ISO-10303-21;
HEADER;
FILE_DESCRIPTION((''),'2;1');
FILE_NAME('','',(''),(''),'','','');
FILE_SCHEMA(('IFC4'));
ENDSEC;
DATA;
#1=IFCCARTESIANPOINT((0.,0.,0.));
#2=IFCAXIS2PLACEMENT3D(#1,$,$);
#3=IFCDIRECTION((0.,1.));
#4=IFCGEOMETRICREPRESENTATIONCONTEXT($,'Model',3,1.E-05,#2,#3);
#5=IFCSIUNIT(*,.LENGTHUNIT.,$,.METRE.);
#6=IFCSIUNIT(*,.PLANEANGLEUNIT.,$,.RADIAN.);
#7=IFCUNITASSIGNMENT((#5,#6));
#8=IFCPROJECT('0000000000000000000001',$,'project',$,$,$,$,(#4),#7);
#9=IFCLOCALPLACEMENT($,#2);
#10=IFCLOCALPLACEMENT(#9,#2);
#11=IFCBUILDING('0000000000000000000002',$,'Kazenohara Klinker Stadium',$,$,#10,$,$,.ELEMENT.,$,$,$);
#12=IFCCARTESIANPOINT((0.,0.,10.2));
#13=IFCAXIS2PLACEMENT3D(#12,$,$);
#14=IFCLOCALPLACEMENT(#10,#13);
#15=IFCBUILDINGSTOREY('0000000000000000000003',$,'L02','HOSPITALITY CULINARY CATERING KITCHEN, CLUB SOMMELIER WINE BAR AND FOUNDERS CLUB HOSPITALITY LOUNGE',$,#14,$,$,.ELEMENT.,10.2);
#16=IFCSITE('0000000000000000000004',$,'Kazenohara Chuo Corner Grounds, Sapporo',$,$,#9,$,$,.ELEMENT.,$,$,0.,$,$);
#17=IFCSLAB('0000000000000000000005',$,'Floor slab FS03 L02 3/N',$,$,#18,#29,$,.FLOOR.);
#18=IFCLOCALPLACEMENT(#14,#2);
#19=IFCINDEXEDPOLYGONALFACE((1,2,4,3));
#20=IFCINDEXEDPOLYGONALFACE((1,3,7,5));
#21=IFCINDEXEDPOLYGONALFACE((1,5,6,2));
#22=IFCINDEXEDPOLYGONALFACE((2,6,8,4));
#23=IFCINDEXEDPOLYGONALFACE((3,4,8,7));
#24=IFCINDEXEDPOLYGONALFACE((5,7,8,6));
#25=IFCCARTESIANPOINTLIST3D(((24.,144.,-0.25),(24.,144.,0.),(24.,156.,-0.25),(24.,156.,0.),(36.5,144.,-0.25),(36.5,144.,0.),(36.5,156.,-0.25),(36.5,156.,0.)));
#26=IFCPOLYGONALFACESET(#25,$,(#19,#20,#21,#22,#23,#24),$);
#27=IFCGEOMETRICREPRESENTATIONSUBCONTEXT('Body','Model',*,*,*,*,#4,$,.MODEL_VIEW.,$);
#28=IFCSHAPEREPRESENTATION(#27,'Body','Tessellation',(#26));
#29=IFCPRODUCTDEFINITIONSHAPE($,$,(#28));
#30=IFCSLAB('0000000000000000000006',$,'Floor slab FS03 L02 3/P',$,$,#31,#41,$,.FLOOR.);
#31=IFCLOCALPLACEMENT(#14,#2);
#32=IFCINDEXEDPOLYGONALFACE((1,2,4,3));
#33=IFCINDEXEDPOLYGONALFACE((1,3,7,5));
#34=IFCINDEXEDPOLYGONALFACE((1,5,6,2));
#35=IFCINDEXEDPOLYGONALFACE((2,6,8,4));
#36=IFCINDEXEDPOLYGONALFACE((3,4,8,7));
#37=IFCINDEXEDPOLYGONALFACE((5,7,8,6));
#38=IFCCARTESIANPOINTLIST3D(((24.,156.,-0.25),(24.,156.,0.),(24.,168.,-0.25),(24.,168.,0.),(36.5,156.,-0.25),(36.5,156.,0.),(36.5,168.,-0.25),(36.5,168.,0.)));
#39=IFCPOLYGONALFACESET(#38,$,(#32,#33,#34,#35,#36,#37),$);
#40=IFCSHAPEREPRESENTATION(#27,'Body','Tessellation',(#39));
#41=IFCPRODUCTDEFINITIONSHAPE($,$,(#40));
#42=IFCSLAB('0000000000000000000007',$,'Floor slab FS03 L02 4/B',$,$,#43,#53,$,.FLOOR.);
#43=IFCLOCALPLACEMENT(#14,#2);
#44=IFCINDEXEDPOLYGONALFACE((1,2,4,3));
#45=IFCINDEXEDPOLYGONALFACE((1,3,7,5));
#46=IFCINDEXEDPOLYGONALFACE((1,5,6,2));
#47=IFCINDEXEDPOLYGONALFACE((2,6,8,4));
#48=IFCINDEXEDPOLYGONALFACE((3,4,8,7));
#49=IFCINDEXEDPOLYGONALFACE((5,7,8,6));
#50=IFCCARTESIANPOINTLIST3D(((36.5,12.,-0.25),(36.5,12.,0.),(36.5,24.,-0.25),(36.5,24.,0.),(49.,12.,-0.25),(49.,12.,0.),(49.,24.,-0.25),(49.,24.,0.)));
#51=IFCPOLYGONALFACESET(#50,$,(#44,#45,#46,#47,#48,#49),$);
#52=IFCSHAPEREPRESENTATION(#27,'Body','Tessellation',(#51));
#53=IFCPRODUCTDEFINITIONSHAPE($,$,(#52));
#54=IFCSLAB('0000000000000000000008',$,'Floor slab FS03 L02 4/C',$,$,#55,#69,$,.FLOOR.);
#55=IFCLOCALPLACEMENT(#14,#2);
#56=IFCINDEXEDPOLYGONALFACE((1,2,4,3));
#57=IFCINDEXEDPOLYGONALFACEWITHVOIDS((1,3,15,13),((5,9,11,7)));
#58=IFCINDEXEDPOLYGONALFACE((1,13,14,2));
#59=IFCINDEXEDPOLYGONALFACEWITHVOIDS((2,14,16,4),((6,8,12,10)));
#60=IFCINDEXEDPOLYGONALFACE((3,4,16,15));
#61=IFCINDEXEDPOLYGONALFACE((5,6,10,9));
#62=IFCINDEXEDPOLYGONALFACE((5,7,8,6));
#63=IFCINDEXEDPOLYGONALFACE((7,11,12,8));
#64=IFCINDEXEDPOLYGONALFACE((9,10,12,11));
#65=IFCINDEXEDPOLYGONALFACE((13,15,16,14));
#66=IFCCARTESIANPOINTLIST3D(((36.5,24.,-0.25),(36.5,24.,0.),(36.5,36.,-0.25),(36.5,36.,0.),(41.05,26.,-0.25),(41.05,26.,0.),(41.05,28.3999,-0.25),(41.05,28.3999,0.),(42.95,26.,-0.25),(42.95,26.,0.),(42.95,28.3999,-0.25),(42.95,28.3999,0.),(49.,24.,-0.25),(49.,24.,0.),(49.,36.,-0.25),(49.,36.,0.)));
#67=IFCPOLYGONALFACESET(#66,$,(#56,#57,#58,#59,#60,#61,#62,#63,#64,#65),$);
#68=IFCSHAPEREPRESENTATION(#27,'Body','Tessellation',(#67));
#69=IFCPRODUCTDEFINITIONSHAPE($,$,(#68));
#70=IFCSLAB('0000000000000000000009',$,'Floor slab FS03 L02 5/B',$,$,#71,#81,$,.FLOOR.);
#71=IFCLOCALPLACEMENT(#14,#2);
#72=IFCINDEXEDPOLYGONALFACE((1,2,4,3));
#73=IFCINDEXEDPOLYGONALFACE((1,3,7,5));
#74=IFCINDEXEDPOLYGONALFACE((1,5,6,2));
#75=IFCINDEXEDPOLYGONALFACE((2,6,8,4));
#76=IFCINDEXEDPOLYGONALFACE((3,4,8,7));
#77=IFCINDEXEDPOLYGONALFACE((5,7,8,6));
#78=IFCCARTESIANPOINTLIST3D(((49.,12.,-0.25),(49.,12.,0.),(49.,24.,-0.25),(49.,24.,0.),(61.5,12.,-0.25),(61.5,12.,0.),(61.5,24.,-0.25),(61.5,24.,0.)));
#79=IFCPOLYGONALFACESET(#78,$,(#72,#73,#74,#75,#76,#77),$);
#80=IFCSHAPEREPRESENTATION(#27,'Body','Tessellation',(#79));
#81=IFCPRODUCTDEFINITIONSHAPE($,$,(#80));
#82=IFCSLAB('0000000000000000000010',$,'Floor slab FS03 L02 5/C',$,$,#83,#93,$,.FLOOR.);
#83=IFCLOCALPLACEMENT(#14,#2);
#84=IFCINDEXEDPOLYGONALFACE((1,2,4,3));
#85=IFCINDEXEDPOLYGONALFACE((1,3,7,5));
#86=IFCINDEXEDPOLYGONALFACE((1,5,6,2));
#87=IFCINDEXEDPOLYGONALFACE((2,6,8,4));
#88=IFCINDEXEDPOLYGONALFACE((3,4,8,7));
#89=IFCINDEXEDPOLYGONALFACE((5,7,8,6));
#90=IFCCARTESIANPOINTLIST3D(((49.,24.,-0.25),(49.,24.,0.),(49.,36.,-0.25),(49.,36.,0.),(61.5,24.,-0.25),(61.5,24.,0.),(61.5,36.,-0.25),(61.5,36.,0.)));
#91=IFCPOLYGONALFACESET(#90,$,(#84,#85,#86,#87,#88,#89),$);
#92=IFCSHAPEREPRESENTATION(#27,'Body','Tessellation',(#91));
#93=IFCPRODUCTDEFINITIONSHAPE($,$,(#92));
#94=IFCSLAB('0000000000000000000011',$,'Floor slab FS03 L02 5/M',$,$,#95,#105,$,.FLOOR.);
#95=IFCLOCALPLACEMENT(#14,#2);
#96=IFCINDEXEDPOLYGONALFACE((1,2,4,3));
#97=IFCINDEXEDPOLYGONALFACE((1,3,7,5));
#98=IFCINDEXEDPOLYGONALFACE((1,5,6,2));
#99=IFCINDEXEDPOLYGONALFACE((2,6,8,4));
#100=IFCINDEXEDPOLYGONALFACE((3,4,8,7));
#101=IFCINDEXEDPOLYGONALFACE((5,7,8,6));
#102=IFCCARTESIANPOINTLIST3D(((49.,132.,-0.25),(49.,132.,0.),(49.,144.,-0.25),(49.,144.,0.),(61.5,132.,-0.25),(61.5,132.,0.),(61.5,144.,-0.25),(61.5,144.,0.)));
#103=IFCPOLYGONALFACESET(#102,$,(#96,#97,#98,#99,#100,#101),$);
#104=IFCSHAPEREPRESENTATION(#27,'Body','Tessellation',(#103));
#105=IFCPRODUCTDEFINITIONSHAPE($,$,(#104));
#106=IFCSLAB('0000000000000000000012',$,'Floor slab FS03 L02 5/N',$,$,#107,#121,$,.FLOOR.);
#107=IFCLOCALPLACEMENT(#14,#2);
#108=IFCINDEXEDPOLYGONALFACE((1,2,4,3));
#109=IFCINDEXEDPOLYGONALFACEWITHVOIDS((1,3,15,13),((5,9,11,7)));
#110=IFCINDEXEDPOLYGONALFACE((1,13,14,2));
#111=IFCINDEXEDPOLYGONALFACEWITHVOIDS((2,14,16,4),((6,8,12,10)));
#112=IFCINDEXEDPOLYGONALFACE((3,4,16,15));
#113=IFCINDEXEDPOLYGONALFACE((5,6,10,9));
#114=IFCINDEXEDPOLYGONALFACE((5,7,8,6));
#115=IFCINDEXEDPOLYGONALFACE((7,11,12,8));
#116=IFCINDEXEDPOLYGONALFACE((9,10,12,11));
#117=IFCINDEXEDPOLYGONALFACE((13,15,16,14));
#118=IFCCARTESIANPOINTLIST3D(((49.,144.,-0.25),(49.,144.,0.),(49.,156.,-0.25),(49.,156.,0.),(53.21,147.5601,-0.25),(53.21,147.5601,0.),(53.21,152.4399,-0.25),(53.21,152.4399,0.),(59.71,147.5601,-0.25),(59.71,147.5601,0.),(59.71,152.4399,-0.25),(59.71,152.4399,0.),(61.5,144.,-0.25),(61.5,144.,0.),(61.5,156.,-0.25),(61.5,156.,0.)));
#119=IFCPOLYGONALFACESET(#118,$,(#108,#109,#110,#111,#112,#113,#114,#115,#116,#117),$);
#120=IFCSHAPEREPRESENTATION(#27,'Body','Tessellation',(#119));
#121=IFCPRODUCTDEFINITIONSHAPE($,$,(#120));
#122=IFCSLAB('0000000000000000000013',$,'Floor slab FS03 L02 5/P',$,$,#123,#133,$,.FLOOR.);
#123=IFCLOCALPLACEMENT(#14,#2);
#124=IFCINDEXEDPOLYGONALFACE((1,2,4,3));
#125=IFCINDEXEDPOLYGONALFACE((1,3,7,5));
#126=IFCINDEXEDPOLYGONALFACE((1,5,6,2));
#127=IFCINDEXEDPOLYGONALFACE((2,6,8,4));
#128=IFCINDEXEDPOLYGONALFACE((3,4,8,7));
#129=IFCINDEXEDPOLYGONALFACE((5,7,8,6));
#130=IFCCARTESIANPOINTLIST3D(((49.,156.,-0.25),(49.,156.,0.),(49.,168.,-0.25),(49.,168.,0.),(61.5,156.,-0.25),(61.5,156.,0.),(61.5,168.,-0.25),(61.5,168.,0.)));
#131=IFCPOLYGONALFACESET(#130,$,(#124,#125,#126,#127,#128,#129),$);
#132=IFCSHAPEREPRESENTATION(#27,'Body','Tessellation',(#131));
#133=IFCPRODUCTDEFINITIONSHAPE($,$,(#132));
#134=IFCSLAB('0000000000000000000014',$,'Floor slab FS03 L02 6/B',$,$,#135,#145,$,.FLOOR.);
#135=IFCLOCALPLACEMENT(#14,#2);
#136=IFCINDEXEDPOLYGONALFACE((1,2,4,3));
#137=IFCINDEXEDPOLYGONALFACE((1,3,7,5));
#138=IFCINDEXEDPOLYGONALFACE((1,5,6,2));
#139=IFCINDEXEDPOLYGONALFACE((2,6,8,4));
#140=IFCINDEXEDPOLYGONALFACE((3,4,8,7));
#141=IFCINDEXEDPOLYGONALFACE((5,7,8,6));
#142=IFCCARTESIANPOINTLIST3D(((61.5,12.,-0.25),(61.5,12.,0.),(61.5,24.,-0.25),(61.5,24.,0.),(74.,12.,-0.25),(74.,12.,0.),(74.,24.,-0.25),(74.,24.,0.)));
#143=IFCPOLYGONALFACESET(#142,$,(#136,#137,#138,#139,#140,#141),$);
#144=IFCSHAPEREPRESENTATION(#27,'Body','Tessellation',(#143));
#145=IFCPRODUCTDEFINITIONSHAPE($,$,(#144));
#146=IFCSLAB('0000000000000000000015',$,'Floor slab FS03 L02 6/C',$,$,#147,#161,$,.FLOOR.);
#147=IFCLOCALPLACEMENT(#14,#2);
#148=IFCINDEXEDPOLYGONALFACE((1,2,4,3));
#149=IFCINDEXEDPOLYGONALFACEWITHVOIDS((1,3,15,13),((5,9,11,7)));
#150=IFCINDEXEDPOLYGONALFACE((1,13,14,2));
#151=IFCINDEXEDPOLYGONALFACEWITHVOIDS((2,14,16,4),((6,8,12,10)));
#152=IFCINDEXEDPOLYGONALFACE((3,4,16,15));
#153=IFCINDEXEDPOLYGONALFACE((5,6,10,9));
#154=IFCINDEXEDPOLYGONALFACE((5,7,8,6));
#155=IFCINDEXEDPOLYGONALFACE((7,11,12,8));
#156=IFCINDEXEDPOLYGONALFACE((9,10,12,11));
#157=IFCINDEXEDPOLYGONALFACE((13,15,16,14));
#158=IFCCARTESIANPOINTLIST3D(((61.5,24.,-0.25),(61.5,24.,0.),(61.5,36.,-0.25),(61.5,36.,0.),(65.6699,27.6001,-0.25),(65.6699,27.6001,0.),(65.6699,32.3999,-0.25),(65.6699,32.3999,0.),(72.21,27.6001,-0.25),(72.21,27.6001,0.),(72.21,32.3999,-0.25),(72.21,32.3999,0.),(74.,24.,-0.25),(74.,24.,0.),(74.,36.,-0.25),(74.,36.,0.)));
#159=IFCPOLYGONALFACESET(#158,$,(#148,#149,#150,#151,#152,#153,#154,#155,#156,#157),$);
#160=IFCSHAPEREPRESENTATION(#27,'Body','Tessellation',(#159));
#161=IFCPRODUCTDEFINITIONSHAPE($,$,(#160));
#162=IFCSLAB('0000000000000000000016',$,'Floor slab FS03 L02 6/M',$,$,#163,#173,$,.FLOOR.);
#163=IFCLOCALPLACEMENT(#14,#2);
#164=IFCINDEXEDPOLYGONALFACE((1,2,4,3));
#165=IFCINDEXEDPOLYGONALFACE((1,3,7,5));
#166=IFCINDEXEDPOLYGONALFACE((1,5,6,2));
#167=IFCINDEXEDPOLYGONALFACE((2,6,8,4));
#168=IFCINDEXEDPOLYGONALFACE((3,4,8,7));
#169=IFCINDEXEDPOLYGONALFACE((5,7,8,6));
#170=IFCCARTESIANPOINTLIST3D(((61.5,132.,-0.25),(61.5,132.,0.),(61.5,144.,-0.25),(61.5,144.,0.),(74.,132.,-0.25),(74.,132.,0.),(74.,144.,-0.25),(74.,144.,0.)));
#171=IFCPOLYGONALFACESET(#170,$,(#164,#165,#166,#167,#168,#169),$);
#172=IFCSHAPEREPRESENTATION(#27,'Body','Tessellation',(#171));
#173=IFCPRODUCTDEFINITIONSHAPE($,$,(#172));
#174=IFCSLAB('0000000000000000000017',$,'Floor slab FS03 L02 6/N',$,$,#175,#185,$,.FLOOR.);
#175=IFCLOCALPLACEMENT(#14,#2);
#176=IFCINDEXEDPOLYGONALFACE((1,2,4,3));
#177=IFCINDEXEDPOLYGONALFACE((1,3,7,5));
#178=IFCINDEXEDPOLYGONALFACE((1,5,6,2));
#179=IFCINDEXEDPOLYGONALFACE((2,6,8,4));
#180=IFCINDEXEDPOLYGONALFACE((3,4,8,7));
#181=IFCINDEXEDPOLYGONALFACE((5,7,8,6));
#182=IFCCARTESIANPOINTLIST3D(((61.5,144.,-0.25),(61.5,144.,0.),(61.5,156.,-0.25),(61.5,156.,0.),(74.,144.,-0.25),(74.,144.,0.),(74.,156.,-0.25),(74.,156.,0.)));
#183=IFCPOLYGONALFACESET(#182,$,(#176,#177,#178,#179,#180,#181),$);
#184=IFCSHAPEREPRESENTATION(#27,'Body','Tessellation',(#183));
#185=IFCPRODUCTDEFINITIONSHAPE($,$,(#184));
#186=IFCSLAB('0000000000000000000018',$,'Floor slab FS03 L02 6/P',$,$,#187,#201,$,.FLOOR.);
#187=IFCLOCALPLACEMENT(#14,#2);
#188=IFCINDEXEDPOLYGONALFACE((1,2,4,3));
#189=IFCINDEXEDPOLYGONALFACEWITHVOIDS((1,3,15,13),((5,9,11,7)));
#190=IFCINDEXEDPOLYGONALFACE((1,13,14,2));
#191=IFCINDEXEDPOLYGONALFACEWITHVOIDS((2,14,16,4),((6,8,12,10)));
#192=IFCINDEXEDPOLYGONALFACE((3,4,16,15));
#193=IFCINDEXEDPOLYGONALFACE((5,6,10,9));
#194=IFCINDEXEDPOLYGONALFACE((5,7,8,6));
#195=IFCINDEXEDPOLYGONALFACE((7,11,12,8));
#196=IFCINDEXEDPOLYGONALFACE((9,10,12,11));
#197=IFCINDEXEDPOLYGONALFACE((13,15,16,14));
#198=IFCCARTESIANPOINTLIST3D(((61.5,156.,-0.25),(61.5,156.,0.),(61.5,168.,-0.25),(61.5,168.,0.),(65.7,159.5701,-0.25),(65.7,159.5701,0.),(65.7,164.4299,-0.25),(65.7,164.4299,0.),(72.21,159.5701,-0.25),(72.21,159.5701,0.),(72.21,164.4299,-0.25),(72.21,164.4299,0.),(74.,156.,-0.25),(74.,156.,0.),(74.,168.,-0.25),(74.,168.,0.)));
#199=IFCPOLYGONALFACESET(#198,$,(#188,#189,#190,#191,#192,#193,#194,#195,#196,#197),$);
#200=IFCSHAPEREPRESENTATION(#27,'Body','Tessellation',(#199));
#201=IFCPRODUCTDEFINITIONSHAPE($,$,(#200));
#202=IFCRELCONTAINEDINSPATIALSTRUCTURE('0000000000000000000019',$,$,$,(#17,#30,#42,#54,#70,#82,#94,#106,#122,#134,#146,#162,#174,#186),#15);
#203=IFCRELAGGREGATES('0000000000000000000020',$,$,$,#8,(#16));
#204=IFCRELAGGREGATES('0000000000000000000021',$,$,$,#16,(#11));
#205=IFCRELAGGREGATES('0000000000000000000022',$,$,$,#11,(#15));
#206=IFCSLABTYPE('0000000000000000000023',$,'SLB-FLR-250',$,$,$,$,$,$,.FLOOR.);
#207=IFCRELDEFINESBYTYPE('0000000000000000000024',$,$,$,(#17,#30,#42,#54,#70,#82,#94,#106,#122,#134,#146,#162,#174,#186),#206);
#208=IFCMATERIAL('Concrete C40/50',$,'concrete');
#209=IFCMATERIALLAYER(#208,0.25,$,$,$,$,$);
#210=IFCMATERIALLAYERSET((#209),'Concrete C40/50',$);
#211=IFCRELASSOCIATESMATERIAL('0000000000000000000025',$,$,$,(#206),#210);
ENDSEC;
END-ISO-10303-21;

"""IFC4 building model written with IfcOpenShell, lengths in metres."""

from ifc_helpers import new_model, si_unit, direction, frame, origin, place, context, subcontext, project, spatial, polyline, outline, extrude, material, layer, layer_set, type_object, element, save


model = new_model("IFC4")

# Units and contexts
model_context = context("Model", 3, precision=1e-05, world=origin(), true_north=direction((0.0, 1.0)))
body_context = subcontext(model_context, "Body", "Model", "MODEL_VIEW")
ifc_project = project(units=[si_unit("LENGTHUNIT", "METRE"), si_unit("PLANEANGLEUNIT", "RADIAN")], contexts=[model_context])

# Site, building, storey
site_placement = place(None, origin())
site = spatial("IfcSite", under=ifc_project, at=site_placement, Name="Kazenohara Chuo Corner Grounds, Sapporo", CompositionType="ELEMENT", RefElevation=0.0)
building_placement = place(site_placement, origin())
building = spatial("IfcBuilding", under=site, at=building_placement, Name="Kazenohara Klinker Stadium", CompositionType="ELEMENT")
storey_placement = place(building_placement, frame((0.0, 0.0, 10.2)))
storey = spatial("IfcBuildingStorey", under=building, at=storey_placement, Name="L02", Description="HOSPITALITY CULINARY CATERING KITCHEN, CLUB SOMMELIER WINE BAR AND FOUNDERS CLUB HOSPITALITY LOUNGE", CompositionType="ELEMENT", Elevation=10.2)

# Slabs
ifc_material = material(Name="Concrete C40/50", Category="concrete")
ifc_layer = layer(ifc_material, 0.25)
ifc_layer_set = layer_set([ifc_layer], Name="Concrete C40/50")
slab_type = type_object("IfcSlabType", Name="SLB-FLR-250", PredefinedType="FLOOR", material=ifc_layer_set)
slab_1_placement = place(storey_placement, frame((0.0, 0.0, -0.25)))
element("IfcSlab", 1, at=slab_1_placement, inside=storey, type_object=slab_type, Name="Floor slab FS03 L02 3/N", PredefinedType="FLOOR", context=body_context, shape_type="SweptSolid", body=[
    extrude(outline(polyline([(24.0, 144.0), (36.5, 144.0), (36.5, 156.0), (24.0, 156.0), (24.0, 144.0)])), origin(), (0.0, 0.0, 1.0), 0.25),
])
slab_2_placement = place(storey_placement, frame((0.0, 0.0, -0.25)))
element("IfcSlab", 2, at=slab_2_placement, inside=storey, type_object=slab_type, Name="Floor slab FS03 L02 3/P", PredefinedType="FLOOR", context=body_context, shape_type="SweptSolid", body=[
    extrude(outline(polyline([(24.0, 156.0), (36.5, 156.0), (36.5, 168.0), (24.0, 168.0), (24.0, 156.0)])), origin(), (0.0, 0.0, 1.0), 0.25),
])
slab_3_placement = place(storey_placement, frame((0.0, 0.0, -0.25)))
element("IfcSlab", 3, at=slab_3_placement, inside=storey, type_object=slab_type, Name="Floor slab FS03 L02 4/B", PredefinedType="FLOOR", context=body_context, shape_type="SweptSolid", body=[
    extrude(outline(polyline([(36.5, 12.0), (49.0, 12.0), (49.0, 24.0), (36.5, 24.0), (36.5, 12.0)])), origin(), (0.0, 0.0, 1.0), 0.25),
])
slab_4_placement = place(storey_placement, frame((0.0, 0.0, -0.25)))
element("IfcSlab", 4, at=slab_4_placement, inside=storey, type_object=slab_type, Name="Floor slab FS03 L02 4/C", PredefinedType="FLOOR", context=body_context, shape_type="SweptSolid", body=[
    extrude(outline(polyline([(36.5, 24.0), (49.0, 24.0), (49.0, 36.0), (36.5, 36.0), (36.5, 24.0)]), holes=[polyline([(41.05, 26.0), (42.95, 26.0), (42.95, 28.3999), (41.05, 28.3999), (41.05, 26.0)])]), origin(), (0.0, 0.0, 1.0), 0.25),
])
slab_5_placement = place(storey_placement, frame((0.0, 0.0, -0.25)))
element("IfcSlab", 5, at=slab_5_placement, inside=storey, type_object=slab_type, Name="Floor slab FS03 L02 5/B", PredefinedType="FLOOR", context=body_context, shape_type="SweptSolid", body=[
    extrude(outline(polyline([(49.0, 12.0), (61.5, 12.0), (61.5, 24.0), (49.0, 24.0), (49.0, 12.0)])), origin(), (0.0, 0.0, 1.0), 0.25),
])
slab_6_placement = place(storey_placement, frame((0.0, 0.0, -0.25)))
element("IfcSlab", 6, at=slab_6_placement, inside=storey, type_object=slab_type, Name="Floor slab FS03 L02 5/C", PredefinedType="FLOOR", context=body_context, shape_type="SweptSolid", body=[
    extrude(outline(polyline([(49.0, 24.0), (61.5, 24.0), (61.5, 36.0), (49.0, 36.0), (49.0, 24.0)])), origin(), (0.0, 0.0, 1.0), 0.25),
])
slab_7_placement = place(storey_placement, frame((0.0, 0.0, -0.25)))
element("IfcSlab", 7, at=slab_7_placement, inside=storey, type_object=slab_type, Name="Floor slab FS03 L02 5/M", PredefinedType="FLOOR", context=body_context, shape_type="SweptSolid", body=[
    extrude(outline(polyline([(49.0, 132.0), (61.5, 132.0), (61.5, 144.0), (49.0, 144.0), (49.0, 132.0)])), origin(), (0.0, 0.0, 1.0), 0.25),
])
slab_8_placement = place(storey_placement, frame((0.0, 0.0, -0.25)))
element("IfcSlab", 8, at=slab_8_placement, inside=storey, type_object=slab_type, Name="Floor slab FS03 L02 5/N", PredefinedType="FLOOR", context=body_context, shape_type="SweptSolid", body=[
    extrude(outline(polyline([(49.0, 144.0), (61.5, 144.0), (61.5, 156.0), (49.0, 156.0), (49.0, 144.0)]), holes=[polyline([(53.21, 147.5601), (59.71, 147.5601), (59.71, 152.4399), (53.21, 152.4399), (53.21, 147.5601)])]), origin(), (0.0, 0.0, 1.0), 0.25),
])
slab_9_placement = place(storey_placement, frame((0.0, 0.0, -0.25)))
element("IfcSlab", 9, at=slab_9_placement, inside=storey, type_object=slab_type, Name="Floor slab FS03 L02 5/P", PredefinedType="FLOOR", context=body_context, shape_type="SweptSolid", body=[
    extrude(outline(polyline([(49.0, 156.0), (61.5, 156.0), (61.5, 168.0), (49.0, 168.0), (49.0, 156.0)])), origin(), (0.0, 0.0, 1.0), 0.25),
])
slab_10_placement = place(storey_placement, frame((0.0, 0.0, -0.25)))
element("IfcSlab", 10, at=slab_10_placement, inside=storey, type_object=slab_type, Name="Floor slab FS03 L02 6/B", PredefinedType="FLOOR", context=body_context, shape_type="SweptSolid", body=[
    extrude(outline(polyline([(61.5, 12.0), (74.0, 12.0), (74.0, 24.0), (61.5, 24.0), (61.5, 12.0)])), origin(), (0.0, 0.0, 1.0), 0.25),
])
slab_11_placement = place(storey_placement, frame((0.0, 0.0, -0.25)))
element("IfcSlab", 11, at=slab_11_placement, inside=storey, type_object=slab_type, Name="Floor slab FS03 L02 6/C", PredefinedType="FLOOR", context=body_context, shape_type="SweptSolid", body=[
    extrude(outline(polyline([(61.5, 24.0), (74.0, 24.0), (74.0, 36.0), (61.5, 36.0), (61.5, 24.0)]), holes=[polyline([(65.6699, 27.6001), (72.21, 27.6001), (72.21, 32.3999), (65.6699, 32.3999), (65.6699, 27.6001)])]), origin(), (0.0, 0.0, 1.0), 0.25),
])
slab_12_placement = place(storey_placement, frame((0.0, 0.0, -0.25)))
element("IfcSlab", 12, at=slab_12_placement, inside=storey, type_object=slab_type, Name="Floor slab FS03 L02 6/M", PredefinedType="FLOOR", context=body_context, shape_type="SweptSolid", body=[
    extrude(outline(polyline([(61.5, 132.0), (74.0, 132.0), (74.0, 144.0), (61.5, 144.0), (61.5, 132.0)])), origin(), (0.0, 0.0, 1.0), 0.25),
])
slab_13_placement = place(storey_placement, frame((0.0, 0.0, -0.25)))
element("IfcSlab", 13, at=slab_13_placement, inside=storey, type_object=slab_type, Name="Floor slab FS03 L02 6/N", PredefinedType="FLOOR", context=body_context, shape_type="SweptSolid", body=[
    extrude(outline(polyline([(61.5, 144.0), (74.0, 144.0), (74.0, 156.0), (61.5, 156.0), (61.5, 144.0)])), origin(), (0.0, 0.0, 1.0), 0.25),
])
slab_14_placement = place(storey_placement, frame((0.0, 0.0, -0.25)))
element("IfcSlab", 14, at=slab_14_placement, inside=storey, type_object=slab_type, Name="Floor slab FS03 L02 6/P", PredefinedType="FLOOR", context=body_context, shape_type="SweptSolid", body=[
    extrude(outline(polyline([(61.5, 156.0), (74.0, 156.0), (74.0, 168.0), (61.5, 168.0), (61.5, 156.0)]), holes=[polyline([(65.7, 159.5701), (72.21, 159.5701), (72.21, 164.4299), (65.7, 164.4299), (65.7, 159.5701)])]), origin(), (0.0, 0.0, 1.0), 0.25),
])

save(model, "model.ifc")
